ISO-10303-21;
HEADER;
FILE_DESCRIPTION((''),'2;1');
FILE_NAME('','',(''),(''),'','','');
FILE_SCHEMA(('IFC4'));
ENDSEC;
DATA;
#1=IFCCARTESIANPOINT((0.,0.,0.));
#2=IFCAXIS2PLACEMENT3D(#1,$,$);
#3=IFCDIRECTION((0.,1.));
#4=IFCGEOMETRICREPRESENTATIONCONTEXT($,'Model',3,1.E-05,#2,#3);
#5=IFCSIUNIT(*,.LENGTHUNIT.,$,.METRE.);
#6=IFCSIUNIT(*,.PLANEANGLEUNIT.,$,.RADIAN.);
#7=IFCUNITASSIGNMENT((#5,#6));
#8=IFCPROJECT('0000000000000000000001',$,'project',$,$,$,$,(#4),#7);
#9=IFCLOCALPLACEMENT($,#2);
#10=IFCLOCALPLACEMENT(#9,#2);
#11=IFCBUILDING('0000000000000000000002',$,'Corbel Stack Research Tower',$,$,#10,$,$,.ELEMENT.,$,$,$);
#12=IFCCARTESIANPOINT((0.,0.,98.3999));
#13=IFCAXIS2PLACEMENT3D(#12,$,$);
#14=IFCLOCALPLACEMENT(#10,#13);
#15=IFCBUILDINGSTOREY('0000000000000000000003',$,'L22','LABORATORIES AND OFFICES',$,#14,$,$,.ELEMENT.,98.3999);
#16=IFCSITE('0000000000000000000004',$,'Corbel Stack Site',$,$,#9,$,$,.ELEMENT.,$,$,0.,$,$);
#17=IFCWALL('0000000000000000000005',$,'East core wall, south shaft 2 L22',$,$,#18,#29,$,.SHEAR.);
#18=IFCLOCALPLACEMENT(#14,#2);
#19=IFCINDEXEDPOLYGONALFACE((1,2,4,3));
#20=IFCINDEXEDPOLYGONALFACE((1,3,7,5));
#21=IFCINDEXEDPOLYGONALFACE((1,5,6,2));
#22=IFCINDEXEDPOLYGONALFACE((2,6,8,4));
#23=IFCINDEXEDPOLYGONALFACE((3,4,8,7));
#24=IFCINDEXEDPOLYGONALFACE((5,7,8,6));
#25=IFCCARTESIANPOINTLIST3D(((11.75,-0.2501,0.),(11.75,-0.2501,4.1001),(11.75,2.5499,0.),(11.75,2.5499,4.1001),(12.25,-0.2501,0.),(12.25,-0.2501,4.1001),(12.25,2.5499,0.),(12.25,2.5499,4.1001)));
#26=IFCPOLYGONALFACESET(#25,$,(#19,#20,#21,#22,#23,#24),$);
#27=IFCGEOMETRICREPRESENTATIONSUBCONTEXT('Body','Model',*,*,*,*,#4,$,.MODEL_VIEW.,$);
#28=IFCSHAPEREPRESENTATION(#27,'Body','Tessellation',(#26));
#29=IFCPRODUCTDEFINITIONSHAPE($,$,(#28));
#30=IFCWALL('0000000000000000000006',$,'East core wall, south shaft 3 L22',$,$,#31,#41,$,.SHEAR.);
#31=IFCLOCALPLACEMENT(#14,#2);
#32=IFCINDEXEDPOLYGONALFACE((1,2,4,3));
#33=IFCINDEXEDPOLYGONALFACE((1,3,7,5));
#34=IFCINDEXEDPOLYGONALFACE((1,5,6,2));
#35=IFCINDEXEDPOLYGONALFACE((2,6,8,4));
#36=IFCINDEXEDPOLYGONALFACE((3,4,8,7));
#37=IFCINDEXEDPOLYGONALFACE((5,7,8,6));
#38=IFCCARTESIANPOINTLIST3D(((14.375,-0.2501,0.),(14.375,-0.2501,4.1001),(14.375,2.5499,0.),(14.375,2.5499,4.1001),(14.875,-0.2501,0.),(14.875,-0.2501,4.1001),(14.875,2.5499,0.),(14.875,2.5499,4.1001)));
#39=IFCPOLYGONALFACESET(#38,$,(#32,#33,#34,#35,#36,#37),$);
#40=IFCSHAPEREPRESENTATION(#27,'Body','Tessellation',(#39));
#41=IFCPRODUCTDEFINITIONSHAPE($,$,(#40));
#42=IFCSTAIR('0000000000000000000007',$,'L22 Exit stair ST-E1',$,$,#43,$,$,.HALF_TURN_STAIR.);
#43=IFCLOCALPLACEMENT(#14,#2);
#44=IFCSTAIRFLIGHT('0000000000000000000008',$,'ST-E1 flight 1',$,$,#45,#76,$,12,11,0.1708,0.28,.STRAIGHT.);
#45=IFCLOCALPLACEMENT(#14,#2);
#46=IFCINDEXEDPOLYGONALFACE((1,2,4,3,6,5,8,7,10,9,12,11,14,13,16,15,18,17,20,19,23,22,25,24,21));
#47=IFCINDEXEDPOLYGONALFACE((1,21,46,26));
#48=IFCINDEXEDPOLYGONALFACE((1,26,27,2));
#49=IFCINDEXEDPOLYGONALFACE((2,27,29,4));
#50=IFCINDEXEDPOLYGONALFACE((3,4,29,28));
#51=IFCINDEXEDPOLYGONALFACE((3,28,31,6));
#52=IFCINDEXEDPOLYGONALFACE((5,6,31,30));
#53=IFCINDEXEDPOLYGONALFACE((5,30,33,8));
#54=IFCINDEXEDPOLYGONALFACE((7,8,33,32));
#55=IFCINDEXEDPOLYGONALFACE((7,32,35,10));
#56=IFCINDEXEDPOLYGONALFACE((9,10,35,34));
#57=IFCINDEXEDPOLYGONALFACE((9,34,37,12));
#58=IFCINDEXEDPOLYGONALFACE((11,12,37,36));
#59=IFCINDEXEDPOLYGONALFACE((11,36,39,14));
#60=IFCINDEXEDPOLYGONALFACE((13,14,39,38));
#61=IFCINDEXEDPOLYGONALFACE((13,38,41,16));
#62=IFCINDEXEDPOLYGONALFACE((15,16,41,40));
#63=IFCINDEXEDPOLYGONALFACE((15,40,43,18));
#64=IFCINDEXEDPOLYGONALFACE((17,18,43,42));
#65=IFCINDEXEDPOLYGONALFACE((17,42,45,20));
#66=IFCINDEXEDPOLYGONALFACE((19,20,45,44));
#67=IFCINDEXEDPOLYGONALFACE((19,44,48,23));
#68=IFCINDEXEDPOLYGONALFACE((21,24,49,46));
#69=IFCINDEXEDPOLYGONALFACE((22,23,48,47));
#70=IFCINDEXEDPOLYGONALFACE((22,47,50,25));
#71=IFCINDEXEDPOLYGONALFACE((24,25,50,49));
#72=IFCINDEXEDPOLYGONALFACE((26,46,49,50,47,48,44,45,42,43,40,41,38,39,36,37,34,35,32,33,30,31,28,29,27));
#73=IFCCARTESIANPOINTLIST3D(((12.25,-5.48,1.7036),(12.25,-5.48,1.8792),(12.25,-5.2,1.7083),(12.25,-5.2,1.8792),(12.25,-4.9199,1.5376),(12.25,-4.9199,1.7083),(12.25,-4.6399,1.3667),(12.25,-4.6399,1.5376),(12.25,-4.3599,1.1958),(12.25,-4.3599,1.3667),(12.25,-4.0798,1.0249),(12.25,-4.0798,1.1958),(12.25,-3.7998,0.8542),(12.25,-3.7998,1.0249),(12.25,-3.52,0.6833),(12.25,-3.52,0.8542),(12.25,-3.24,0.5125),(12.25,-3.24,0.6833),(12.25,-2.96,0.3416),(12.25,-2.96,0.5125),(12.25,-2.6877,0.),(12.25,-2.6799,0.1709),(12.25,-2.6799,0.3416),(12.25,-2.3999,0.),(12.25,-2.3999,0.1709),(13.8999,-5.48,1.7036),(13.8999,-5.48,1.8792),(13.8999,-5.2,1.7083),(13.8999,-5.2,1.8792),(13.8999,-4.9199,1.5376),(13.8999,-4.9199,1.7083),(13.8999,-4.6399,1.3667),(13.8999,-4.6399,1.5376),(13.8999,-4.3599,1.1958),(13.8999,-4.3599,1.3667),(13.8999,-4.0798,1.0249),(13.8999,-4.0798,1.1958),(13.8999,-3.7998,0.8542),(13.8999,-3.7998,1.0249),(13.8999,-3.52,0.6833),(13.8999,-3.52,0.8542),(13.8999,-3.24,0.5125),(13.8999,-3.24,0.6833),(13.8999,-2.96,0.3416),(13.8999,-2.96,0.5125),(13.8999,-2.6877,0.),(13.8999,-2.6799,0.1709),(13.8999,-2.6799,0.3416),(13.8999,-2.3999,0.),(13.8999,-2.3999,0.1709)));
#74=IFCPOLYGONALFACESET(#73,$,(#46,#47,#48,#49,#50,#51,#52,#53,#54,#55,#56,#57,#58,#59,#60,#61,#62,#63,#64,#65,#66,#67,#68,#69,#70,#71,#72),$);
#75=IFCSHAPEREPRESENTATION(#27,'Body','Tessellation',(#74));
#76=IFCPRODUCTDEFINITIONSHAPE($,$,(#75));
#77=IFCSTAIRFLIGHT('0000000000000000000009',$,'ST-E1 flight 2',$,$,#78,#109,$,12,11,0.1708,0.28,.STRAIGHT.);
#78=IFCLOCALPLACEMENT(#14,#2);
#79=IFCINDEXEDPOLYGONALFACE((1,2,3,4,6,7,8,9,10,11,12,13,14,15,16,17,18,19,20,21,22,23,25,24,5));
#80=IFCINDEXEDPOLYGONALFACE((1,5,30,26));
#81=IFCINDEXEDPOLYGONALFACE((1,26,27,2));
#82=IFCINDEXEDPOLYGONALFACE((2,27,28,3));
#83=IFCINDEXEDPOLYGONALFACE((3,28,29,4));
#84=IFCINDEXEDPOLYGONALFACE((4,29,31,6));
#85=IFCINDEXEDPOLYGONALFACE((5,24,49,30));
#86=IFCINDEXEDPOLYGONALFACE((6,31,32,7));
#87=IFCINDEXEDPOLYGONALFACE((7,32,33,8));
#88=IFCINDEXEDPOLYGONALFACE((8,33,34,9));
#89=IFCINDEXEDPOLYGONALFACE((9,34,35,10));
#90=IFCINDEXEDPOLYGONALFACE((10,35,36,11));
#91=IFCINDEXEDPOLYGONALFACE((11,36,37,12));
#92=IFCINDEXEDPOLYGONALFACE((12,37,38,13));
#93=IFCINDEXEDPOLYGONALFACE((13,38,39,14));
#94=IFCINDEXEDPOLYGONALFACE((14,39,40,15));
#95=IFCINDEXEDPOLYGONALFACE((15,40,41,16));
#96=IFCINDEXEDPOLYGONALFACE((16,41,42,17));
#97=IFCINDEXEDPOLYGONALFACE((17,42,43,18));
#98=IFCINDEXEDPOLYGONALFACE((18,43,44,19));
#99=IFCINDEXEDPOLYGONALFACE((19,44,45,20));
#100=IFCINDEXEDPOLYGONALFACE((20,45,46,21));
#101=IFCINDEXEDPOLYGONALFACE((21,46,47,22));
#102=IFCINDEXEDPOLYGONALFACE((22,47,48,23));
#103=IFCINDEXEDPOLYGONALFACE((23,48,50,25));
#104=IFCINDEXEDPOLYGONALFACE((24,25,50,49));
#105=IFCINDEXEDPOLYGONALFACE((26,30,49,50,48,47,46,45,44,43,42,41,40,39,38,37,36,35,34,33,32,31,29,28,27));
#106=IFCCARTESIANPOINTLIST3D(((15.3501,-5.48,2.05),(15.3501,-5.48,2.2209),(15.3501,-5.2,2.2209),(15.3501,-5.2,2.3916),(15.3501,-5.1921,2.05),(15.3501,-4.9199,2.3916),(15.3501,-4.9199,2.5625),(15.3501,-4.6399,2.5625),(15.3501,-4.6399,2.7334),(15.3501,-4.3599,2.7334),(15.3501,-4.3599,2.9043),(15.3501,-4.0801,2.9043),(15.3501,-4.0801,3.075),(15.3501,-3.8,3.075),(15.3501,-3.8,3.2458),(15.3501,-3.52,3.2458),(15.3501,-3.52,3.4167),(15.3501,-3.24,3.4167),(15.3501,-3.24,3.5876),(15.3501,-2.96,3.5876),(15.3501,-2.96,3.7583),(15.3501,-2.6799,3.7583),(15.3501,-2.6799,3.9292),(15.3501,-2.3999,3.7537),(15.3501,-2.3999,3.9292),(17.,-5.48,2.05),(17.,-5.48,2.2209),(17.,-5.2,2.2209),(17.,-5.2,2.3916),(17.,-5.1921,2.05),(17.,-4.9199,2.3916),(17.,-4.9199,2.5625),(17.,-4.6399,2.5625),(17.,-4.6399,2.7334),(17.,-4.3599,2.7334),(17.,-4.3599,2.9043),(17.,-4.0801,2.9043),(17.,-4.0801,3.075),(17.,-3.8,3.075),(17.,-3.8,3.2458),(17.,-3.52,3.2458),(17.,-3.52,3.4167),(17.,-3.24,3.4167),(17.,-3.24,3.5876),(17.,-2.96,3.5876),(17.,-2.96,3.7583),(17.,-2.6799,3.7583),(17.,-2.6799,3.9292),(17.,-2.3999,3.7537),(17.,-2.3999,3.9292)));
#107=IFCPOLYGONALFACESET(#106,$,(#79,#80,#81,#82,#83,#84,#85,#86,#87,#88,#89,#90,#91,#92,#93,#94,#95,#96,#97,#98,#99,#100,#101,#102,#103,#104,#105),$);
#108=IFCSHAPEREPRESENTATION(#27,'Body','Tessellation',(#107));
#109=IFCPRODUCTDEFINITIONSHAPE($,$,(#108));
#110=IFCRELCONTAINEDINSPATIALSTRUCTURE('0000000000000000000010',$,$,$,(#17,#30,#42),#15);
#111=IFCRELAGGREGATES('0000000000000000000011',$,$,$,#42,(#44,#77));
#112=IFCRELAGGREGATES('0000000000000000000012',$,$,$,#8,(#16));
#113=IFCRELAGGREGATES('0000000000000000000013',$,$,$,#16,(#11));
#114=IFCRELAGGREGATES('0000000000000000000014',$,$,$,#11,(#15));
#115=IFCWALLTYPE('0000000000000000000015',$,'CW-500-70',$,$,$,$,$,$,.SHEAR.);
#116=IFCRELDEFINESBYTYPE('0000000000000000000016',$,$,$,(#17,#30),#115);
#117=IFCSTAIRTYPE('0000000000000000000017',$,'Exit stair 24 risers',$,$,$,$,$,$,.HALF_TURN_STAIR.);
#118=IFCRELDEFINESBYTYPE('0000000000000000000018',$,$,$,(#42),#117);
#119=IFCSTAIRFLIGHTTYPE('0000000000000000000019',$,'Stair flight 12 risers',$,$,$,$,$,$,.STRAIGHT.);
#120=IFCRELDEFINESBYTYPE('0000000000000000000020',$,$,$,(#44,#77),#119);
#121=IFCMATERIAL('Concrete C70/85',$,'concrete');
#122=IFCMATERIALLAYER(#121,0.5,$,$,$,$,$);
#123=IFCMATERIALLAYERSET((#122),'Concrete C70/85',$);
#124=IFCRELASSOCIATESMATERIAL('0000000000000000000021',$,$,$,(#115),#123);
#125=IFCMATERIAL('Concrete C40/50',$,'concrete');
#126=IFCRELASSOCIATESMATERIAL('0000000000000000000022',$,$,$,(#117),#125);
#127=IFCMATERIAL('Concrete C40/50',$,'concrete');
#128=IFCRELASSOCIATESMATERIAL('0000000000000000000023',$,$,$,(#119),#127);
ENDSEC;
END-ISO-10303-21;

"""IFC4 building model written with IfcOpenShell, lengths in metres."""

from ifc_helpers import new_model, si_unit, direction, frame, frame_2d, origin, place, context, subcontext, project, spatial, polyline, rectangle, outline, extrude, material, layer, layer_set, type_object, element, aggregate, save


model = new_model("IFC4")

# Units and contexts
model_context = context("Model", 3, precision=1e-05, world=origin(), true_north=direction((0.0, 1.0)))
body_context = subcontext(model_context, "Body", "Model", "MODEL_VIEW")
ifc_project = project(units=[si_unit("LENGTHUNIT", "METRE"), si_unit("PLANEANGLEUNIT", "RADIAN")], contexts=[model_context])

# Site, building, storey
site_placement = place(None, origin())
site = spatial("IfcSite", under=ifc_project, at=site_placement, Name="Corbel Stack Site", CompositionType="ELEMENT", RefElevation=0.0)
building_placement = place(site_placement, origin())
building = spatial("IfcBuilding", under=site, at=building_placement, Name="Corbel Stack Research Tower", CompositionType="ELEMENT")
storey_placement = place(building_placement, frame((0.0, 0.0, 98.3999)))
storey = spatial("IfcBuildingStorey", under=building, at=storey_placement, Name="L22", Description="LABORATORIES AND OFFICES", CompositionType="ELEMENT", Elevation=98.3999)

# Walls
ifc_material_1 = material(Name="Concrete C70/85", Category="concrete")
ifc_layer_1 = layer(ifc_material_1, 0.5)
ifc_layer_set_1 = layer_set([ifc_layer_1], Name="Concrete C70/85")
wall_type_1 = type_object("IfcWallType", Name="CW-500-70", PredefinedType="SHEAR", material=ifc_layer_set_1)
for number, where, z_axis, x_axis, name in (
    (1, (12.0, -0.25, 0.0), (0.0, 0.0, 1.0), (0.0, 1.0, 0.0), "East core wall, south shaft 2 L22"),
    (2, (14.625, -0.25, 0.0), (0.0, 0.0, 1.0), (0.0, 1.0, 0.0), "East core wall, south shaft 3 L22"),
):
    element("IfcWall", number, at=place(storey_placement, frame(where, z_axis=z_axis, x_axis=x_axis)), inside=storey, type_object=wall_type_1, Name=name, PredefinedType="SHEAR", context=body_context, shape_type="SweptSolid", body=[
        extrude(rectangle(XDim=2.8, YDim=0.5, at=frame_2d((1.3999, 0.0))), origin(), (0.0, 0.0, 1.0), 4.1001),
    ])

# Stair, stair flights
ifc_material_2 = material(Name="Concrete C40/50", Category="concrete")
stair_type = type_object("IfcStairType", Name="Exit stair 24 risers", PredefinedType="HALF_TURN_STAIR", material=ifc_material_2)
stair_placement = place(storey_placement, origin())
stair = element("IfcStair", 3, at=stair_placement, inside=storey, type_object=stair_type, Name="L22 Exit stair ST-E1", PredefinedType="HALF_TURN_STAIR")
ifc_material_3 = material(Name="Concrete C40/50", Category="concrete")
stair_flight_type = type_object("IfcStairFlightType", Name="Stair flight 12 risers", PredefinedType="STRAIGHT", material=ifc_material_3)
stair_flight_1_placement = place(storey_placement, frame((13.075, -2.3999, 0.0), z_axis=(0.0, 0.0, 1.0), x_axis=(0.0, -1.0, 0.0)))
stair_flight_1 = element("IfcStairFlight", 4, at=stair_flight_1_placement, type_object=stair_flight_type, Name="ST-E1 flight 1", NumberOfRisers=12, NumberOfTreads=11, PredefinedType="STRAIGHT", RiserHeight=0.1708, TreadLength=0.28, context=body_context, shape_type="SweptSolid", body=[
    extrude(outline(polyline([(0.0, 0.0), (0.0, 0.1709), (0.28, 0.1709), (0.28, 0.3416), (0.5601, 0.3416), (0.5601, 0.5125), (0.8401, 0.5125), (0.8401, 0.6833), (1.1201, 0.6833), (1.1201, 0.8542), (1.3999, 0.8542), (1.3999, 1.0249), (1.6799, 1.0249), (1.6799, 1.1958), (1.96, 1.1958), (1.96, 1.3667), (2.24, 1.3667), (2.24, 1.5376), (2.52, 1.5376), (2.52, 1.7083), (2.8, 1.7083), (2.8, 1.8792), (3.0801, 1.8792), (3.0801, 2.05), (3.0801, 1.7036), (0.2878, 0.0), (0.0, 0.0)])), frame((0.0, 0.825, 0.0), z_axis=(0.0, -1.0, 0.0), x_axis=(1.0, 0.0, 0.0)), (0.0, 0.0, 1.0), 1.6499),
])
stair_flight_2_placement = place(storey_placement, frame((16.175, -5.48, 2.05), z_axis=(0.0, 0.0, 1.0), x_axis=(0.0, 1.0, 0.0)))
stair_flight_2 = element("IfcStairFlight", 5, at=stair_flight_2_placement, type_object=stair_flight_type, Name="ST-E1 flight 2", NumberOfRisers=12, NumberOfTreads=11, PredefinedType="STRAIGHT", RiserHeight=0.1708, TreadLength=0.28, context=body_context, shape_type="SweptSolid", body=[
    extrude(outline(polyline([(0.0, 0.0), (0.0, 0.1709), (0.28, 0.1709), (0.28, 0.3416), (0.5601, 0.3416), (0.5601, 0.5125), (0.8401, 0.5125), (0.8401, 0.6833), (1.1201, 0.6833), (1.1201, 0.8542), (1.3999, 0.8542), (1.3999, 1.0249), (1.6799, 1.0249), (1.6799, 1.1958), (1.96, 1.1958), (1.96, 1.3667), (2.24, 1.3667), (2.24, 1.5376), (2.52, 1.5376), (2.52, 1.7083), (2.8, 1.7083), (2.8, 1.8792), (3.0801, 1.8792), (3.0801, 2.05), (3.0801, 1.7036), (0.2878, 0.0), (0.0, 0.0)])), frame((0.0, 0.825, 0.0), z_axis=(0.0, -1.0, 0.0), x_axis=(1.0, 0.0, 0.0)), (0.0, 0.0, 1.0), 1.6499),
])
aggregate(stair, [stair_flight_1, stair_flight_2])

save(model, "model.ifc")
